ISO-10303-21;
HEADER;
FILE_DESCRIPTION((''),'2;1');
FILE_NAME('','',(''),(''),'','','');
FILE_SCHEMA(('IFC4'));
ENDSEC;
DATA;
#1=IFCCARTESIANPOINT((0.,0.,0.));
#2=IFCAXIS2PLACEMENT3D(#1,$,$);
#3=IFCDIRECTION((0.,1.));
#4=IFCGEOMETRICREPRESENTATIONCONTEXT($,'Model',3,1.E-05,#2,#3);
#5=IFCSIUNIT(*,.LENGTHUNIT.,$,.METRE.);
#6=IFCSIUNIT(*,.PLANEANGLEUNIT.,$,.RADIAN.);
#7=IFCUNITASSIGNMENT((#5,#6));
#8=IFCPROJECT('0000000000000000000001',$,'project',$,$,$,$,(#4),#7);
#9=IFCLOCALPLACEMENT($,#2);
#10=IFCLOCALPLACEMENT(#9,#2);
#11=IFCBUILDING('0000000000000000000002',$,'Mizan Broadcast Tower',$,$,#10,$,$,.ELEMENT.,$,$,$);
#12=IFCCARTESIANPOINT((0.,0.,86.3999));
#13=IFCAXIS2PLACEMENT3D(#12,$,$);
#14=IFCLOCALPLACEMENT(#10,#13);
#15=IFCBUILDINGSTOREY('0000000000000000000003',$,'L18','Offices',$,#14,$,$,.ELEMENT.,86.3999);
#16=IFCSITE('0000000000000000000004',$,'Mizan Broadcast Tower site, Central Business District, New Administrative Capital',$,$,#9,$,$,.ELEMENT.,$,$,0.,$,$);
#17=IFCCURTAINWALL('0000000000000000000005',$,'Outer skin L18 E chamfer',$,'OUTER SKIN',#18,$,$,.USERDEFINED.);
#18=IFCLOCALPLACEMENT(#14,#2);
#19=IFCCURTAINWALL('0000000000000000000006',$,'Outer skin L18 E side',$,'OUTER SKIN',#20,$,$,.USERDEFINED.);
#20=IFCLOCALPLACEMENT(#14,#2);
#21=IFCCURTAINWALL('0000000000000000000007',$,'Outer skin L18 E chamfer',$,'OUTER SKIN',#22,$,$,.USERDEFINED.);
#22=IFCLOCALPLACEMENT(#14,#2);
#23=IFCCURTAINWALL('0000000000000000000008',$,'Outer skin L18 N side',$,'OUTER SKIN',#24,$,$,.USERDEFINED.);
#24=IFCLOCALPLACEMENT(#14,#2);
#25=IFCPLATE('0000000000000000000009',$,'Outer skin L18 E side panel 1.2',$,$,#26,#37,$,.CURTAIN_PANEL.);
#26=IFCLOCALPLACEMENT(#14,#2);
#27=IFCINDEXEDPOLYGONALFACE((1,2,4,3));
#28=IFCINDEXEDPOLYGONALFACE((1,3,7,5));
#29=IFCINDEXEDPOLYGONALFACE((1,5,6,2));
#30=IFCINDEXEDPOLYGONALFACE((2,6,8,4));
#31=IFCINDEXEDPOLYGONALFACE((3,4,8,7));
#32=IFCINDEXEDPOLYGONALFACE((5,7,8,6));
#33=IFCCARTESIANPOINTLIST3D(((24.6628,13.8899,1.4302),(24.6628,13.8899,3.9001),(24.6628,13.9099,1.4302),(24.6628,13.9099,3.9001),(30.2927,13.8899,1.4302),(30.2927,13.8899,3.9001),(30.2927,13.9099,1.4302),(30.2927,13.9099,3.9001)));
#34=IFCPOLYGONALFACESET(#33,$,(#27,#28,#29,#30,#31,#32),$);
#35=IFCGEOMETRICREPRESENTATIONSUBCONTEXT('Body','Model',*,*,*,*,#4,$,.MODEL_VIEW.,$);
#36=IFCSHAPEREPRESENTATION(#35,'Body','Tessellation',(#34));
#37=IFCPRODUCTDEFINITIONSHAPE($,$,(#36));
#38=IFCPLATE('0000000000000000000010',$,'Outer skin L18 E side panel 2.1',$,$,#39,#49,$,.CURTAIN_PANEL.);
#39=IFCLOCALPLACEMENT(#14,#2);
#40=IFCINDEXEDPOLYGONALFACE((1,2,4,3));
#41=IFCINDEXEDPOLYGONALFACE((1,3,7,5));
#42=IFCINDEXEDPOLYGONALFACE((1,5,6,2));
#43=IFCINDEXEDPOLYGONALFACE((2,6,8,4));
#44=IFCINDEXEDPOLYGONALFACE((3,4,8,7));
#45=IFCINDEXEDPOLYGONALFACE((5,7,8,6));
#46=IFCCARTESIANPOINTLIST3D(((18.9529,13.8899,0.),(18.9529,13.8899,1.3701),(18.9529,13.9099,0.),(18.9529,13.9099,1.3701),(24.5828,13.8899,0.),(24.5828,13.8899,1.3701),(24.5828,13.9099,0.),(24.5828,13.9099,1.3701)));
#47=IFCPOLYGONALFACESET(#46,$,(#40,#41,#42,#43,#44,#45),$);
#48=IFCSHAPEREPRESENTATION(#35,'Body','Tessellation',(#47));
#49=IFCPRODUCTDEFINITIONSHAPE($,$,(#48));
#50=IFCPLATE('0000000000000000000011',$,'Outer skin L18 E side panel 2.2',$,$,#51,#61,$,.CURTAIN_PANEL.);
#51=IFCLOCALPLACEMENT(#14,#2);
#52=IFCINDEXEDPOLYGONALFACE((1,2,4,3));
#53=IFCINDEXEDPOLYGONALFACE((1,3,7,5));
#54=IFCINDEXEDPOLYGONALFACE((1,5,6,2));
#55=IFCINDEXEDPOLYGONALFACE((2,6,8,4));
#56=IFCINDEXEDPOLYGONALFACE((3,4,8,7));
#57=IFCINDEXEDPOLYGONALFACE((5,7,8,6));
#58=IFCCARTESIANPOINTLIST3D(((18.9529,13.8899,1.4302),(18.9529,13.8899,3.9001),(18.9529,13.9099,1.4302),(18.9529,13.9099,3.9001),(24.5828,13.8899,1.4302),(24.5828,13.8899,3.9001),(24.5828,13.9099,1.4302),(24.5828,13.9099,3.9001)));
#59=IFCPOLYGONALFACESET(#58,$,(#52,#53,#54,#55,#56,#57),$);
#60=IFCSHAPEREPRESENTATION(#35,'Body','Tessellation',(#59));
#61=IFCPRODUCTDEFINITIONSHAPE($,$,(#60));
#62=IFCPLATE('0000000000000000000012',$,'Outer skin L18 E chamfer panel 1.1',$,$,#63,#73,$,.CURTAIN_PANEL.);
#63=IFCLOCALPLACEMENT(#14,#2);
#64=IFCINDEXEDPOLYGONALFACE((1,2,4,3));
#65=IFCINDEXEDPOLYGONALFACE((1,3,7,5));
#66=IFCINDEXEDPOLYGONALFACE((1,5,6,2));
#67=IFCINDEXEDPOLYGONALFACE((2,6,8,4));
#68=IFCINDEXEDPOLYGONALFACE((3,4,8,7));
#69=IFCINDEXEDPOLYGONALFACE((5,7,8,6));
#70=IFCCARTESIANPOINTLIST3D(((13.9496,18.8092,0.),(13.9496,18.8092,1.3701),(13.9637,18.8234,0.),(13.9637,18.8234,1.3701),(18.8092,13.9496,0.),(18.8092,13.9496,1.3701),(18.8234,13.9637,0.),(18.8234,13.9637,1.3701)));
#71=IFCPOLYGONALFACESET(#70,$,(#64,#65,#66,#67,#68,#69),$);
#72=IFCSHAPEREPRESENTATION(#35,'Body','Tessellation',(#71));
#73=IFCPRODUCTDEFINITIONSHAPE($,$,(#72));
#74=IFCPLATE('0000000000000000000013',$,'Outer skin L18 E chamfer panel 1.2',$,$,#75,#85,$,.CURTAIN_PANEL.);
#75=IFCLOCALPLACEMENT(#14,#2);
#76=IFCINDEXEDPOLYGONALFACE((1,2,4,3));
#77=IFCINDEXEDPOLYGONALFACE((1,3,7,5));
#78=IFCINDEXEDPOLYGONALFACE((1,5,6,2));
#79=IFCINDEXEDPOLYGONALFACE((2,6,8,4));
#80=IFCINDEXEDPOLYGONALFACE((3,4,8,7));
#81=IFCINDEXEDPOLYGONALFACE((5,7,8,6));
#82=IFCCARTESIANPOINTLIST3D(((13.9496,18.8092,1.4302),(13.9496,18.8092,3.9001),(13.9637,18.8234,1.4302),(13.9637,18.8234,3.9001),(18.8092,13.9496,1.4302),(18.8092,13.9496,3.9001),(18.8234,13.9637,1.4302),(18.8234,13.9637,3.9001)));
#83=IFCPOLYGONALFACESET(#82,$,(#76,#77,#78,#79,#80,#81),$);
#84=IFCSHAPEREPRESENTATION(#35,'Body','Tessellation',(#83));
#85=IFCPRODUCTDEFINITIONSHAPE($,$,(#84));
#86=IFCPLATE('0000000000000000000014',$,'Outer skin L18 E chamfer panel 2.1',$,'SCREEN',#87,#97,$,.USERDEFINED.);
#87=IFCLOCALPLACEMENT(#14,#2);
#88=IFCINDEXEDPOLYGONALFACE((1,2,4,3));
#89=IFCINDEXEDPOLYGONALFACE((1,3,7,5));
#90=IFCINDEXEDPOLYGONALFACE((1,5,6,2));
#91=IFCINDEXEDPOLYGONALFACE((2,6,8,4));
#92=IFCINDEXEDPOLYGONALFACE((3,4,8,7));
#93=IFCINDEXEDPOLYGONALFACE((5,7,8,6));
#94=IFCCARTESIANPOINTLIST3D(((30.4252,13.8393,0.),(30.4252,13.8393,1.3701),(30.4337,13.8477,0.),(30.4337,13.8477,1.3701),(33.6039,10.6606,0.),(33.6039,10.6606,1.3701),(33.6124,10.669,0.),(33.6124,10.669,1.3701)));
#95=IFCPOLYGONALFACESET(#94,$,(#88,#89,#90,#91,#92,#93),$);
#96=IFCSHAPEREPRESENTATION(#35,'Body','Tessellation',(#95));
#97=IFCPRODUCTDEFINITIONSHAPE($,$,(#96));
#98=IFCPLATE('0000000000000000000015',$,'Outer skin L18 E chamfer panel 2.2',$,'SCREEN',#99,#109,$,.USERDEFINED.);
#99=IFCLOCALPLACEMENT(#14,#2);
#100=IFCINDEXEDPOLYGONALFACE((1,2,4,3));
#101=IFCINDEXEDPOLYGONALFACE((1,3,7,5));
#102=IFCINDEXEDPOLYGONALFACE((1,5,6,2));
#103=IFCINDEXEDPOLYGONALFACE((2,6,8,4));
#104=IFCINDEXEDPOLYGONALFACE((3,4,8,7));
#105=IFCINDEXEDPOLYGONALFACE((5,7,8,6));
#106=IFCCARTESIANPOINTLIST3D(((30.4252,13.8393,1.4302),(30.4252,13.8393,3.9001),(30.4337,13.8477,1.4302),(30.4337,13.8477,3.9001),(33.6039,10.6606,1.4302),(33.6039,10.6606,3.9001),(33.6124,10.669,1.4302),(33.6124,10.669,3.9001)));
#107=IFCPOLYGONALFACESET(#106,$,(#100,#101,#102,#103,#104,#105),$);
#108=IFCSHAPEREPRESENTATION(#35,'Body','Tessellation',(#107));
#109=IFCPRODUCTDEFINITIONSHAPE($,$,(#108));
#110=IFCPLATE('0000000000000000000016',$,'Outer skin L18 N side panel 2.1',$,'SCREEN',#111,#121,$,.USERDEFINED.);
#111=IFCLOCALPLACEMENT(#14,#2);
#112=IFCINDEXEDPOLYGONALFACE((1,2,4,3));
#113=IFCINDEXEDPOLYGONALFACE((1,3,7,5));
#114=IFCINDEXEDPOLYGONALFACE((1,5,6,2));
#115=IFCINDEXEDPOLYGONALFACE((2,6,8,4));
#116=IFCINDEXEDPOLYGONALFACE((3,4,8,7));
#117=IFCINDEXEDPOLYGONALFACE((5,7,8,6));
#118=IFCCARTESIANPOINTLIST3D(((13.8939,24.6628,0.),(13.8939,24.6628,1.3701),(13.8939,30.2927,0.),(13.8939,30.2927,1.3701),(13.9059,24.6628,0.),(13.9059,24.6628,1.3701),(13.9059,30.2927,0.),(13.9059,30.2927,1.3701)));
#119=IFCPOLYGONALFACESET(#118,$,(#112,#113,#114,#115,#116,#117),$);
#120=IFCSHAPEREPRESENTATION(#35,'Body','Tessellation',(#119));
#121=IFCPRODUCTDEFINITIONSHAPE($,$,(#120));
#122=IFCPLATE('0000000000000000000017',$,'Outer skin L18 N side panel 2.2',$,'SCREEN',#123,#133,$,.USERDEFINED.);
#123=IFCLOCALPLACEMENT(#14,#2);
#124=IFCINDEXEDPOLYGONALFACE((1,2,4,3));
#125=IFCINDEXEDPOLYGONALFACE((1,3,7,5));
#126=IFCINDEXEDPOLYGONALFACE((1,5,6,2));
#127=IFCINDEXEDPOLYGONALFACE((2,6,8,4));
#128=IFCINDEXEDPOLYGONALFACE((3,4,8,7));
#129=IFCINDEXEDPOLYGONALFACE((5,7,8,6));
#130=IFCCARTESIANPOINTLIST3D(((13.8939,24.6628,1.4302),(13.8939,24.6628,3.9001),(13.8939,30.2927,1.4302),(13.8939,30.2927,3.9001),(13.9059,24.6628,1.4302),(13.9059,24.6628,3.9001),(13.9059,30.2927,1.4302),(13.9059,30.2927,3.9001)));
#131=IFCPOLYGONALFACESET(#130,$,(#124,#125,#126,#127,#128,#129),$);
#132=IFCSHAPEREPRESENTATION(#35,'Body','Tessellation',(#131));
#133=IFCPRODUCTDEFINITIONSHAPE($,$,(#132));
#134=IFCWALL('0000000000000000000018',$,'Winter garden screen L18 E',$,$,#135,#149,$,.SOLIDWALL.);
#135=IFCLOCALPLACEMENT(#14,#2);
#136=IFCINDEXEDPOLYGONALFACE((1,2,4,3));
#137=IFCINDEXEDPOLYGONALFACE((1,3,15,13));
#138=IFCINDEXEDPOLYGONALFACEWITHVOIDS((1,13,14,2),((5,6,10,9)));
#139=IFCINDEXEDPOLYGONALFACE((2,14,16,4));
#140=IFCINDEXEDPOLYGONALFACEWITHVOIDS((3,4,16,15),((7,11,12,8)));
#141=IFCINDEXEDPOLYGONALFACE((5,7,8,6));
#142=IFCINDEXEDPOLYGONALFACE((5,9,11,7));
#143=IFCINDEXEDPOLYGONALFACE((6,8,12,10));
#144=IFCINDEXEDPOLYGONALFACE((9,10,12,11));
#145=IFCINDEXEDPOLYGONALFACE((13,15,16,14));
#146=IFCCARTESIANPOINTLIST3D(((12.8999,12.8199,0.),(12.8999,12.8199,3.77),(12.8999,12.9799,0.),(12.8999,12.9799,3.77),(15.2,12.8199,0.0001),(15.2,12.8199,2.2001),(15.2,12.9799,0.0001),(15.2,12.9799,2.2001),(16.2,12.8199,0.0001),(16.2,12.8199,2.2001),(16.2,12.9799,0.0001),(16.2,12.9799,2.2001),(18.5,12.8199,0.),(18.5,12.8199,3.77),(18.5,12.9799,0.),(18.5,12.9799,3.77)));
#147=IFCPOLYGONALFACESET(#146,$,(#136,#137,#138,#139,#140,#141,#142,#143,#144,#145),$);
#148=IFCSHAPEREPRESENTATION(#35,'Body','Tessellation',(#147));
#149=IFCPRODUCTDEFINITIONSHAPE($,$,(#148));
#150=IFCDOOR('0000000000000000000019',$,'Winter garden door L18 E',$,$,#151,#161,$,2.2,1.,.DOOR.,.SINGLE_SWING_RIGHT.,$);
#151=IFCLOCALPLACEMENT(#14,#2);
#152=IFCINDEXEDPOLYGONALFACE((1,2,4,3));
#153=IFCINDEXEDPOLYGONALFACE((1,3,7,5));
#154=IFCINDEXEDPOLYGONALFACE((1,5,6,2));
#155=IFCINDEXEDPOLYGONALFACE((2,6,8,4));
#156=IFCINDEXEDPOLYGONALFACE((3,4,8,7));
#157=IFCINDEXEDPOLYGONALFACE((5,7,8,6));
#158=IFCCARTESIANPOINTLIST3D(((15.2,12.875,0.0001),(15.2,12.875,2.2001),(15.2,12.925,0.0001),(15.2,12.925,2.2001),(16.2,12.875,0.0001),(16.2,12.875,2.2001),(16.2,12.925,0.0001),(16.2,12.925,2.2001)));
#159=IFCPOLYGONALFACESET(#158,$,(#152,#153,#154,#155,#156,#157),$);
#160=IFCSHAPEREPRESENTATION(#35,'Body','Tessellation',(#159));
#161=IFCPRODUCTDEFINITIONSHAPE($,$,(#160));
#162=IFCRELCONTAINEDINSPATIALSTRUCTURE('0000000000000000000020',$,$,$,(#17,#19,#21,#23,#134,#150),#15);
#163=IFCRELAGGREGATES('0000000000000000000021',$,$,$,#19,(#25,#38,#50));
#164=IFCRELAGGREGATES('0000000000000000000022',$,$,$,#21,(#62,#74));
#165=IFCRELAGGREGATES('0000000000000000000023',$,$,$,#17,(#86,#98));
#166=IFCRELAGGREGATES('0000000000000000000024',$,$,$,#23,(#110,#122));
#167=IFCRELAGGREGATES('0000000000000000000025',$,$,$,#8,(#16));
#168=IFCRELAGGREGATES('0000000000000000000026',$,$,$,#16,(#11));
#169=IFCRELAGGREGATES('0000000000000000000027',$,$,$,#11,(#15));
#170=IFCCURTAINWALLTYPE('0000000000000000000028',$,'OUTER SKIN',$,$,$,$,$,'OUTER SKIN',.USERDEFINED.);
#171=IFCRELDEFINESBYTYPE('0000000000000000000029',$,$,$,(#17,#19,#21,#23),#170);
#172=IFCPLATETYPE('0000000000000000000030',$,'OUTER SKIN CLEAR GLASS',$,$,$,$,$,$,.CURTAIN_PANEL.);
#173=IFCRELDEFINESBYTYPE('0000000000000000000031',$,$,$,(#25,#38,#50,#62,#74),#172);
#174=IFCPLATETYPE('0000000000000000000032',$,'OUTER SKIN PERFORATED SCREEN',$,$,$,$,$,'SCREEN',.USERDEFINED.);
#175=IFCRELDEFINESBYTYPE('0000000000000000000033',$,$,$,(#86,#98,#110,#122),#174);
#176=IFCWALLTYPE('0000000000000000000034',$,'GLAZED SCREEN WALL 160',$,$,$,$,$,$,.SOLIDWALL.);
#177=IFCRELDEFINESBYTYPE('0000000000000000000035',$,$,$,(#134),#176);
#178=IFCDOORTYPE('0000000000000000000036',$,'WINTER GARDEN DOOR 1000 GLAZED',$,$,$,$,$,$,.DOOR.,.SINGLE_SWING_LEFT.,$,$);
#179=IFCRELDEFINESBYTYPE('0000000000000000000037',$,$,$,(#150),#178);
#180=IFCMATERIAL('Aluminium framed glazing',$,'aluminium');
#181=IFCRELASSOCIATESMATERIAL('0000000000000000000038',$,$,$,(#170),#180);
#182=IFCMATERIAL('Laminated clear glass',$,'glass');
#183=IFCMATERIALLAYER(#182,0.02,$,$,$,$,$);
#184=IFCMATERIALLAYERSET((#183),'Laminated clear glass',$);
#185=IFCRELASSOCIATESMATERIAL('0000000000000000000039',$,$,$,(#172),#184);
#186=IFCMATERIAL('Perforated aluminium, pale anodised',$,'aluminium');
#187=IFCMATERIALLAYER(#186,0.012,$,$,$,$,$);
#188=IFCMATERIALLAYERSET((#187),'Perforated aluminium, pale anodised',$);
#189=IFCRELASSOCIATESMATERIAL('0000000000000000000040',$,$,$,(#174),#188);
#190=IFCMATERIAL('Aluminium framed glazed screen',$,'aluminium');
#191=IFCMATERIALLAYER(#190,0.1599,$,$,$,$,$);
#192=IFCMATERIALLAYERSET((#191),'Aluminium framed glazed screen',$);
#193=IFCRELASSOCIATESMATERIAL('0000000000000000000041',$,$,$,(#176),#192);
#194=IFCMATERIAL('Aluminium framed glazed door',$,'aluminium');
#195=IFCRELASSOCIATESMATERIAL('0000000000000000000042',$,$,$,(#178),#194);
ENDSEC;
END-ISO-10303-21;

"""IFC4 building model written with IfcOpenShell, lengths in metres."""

from ifc_helpers import new_model, si_unit, direction, frame, frame_2d, origin, origin_2d, place, context, subcontext, project, spatial, rectangle, extrude, material, layer, layer_set, type_object, element, fill, aggregate, save


model = new_model("IFC4")

# Units and contexts
model_context = context("Model", 3, precision=1e-05, world=origin(), true_north=direction((0.0, 1.0)))
body_context = subcontext(model_context, "Body", "Model", "MODEL_VIEW")
ifc_project = project(units=[si_unit("LENGTHUNIT", "METRE"), si_unit("PLANEANGLEUNIT", "RADIAN")], contexts=[model_context])

# Site, building, storey
site_placement = place(None, origin())
site = spatial("IfcSite", under=ifc_project, at=site_placement, Name="Mizan Broadcast Tower site, Central Business District, New Administrative Capital", CompositionType="ELEMENT", RefElevation=0.0)
building_placement = place(site_placement, origin())
building = spatial("IfcBuilding", under=site, at=building_placement, Name="Mizan Broadcast Tower", CompositionType="ELEMENT")
storey_placement = place(building_placement, frame((0.0, 0.0, 86.3999)))
storey = spatial("IfcBuildingStorey", under=building, at=storey_placement, Name="L18", Description="Offices", CompositionType="ELEMENT", Elevation=86.3999)

# Curtain wall
ifc_material_1 = material(Name="Aluminium framed glazing", Category="aluminium")
curtain_wall_type_1 = type_object("IfcCurtainWallType", Name="OUTER SKIN", ElementType="OUTER SKIN", PredefinedType="USERDEFINED", material=ifc_material_1)
curtain_wall_1_placement = place(storey_placement, origin())
curtain_wall_1 = element("IfcCurtainWall", 1, at=curtain_wall_1_placement, inside=storey, type_object=curtain_wall_type_1, Name="Outer skin L18 E chamfer", ObjectType="OUTER SKIN", PredefinedType="USERDEFINED")

# Curtain wall
curtain_wall_2_placement = place(storey_placement, origin())
curtain_wall_2 = element("IfcCurtainWall", 2, at=curtain_wall_2_placement, inside=storey, type_object=curtain_wall_type_1, Name="Outer skin L18 E side", ObjectType="OUTER SKIN", PredefinedType="USERDEFINED")

# Curtain wall
curtain_wall_3_placement = place(storey_placement, origin())
curtain_wall_3 = element("IfcCurtainWall", 3, at=curtain_wall_3_placement, inside=storey, type_object=curtain_wall_type_1, Name="Outer skin L18 E chamfer", ObjectType="OUTER SKIN", PredefinedType="USERDEFINED")

# Curtain wall
curtain_wall_4_placement = place(storey_placement, origin())
curtain_wall_4 = element("IfcCurtainWall", 4, at=curtain_wall_4_placement, inside=storey, type_object=curtain_wall_type_1, Name="Outer skin L18 N side", ObjectType="OUTER SKIN", PredefinedType="USERDEFINED")

# Plates
ifc_material_2 = material(Name="Laminated clear glass", Category="glass")
ifc_layer_1 = layer(ifc_material_2, 0.02)
ifc_layer_set_1 = layer_set([ifc_layer_1], Name="Laminated clear glass")
plate_type_1 = type_object("IfcPlateType", Name="OUTER SKIN CLEAR GLASS", PredefinedType="CURTAIN_PANEL", material=ifc_layer_set_1)
plate_1_placement = place(storey_placement, frame((27.4778, 13.8999, 1.4302), z_axis=(0.0, 0.0, 1.0), x_axis=(-1.0, 0.0, 0.0)))
plate_1 = element("IfcPlate", 5, at=plate_1_placement, type_object=plate_type_1, Name="Outer skin L18 E side panel 1.2", PredefinedType="CURTAIN_PANEL", context=body_context, shape_type="SweptSolid", body=[
    extrude(rectangle(XDim=5.6299, YDim=0.02, at=origin_2d()), origin(), (0.0, 0.0, 1.0), 2.47),
])
plate_2_placement = place(storey_placement, frame((21.7678, 13.8999, 0.0), z_axis=(0.0, 0.0, 1.0), x_axis=(-1.0, 0.0, 0.0)))
plate_2 = element("IfcPlate", 6, at=plate_2_placement, type_object=plate_type_1, Name="Outer skin L18 E side panel 2.1", PredefinedType="CURTAIN_PANEL", context=body_context, shape_type="SweptSolid", body=[
    extrude(rectangle(XDim=5.6299, YDim=0.02, at=origin_2d()), origin(), (0.0, 0.0, 1.0), 1.3701),
])
plate_3_placement = place(storey_placement, frame((21.7678, 13.8999, 1.4302), z_axis=(0.0, 0.0, 1.0), x_axis=(-1.0, 0.0, 0.0)))
plate_3 = element("IfcPlate", 7, at=plate_3_placement, type_object=plate_type_1, Name="Outer skin L18 E side panel 2.2", PredefinedType="CURTAIN_PANEL", context=body_context, shape_type="SweptSolid", body=[
    extrude(rectangle(XDim=5.6299, YDim=0.02, at=origin_2d()), origin(), (0.0, 0.0, 1.0), 2.47),
])
aggregate(curtain_wall_2, [plate_1, plate_2, plate_3])
plate_4_placement = place(storey_placement, frame((16.3865, 16.3865, 0.0), z_axis=(0.0, 0.0, 1.0), x_axis=(-0.707107, 0.707107, 0.0)))
plate_4 = element("IfcPlate", 8, at=plate_4_placement, type_object=plate_type_1, Name="Outer skin L18 E chamfer panel 1.1", PredefinedType="CURTAIN_PANEL", context=body_context, shape_type="SweptSolid", body=[
    extrude(rectangle(XDim=6.8726, YDim=0.02, at=origin_2d()), origin(), (0.0, 0.0, 1.0), 1.3701),
])
plate_5_placement = place(storey_placement, frame((16.3865, 16.3865, 1.4302), z_axis=(0.0, 0.0, 1.0), x_axis=(-0.707107, 0.707107, 0.0)))
plate_5 = element("IfcPlate", 9, at=plate_5_placement, type_object=plate_type_1, Name="Outer skin L18 E chamfer panel 1.2", PredefinedType="CURTAIN_PANEL", context=body_context, shape_type="SweptSolid", body=[
    extrude(rectangle(XDim=6.8726, YDim=0.02, at=origin_2d()), origin(), (0.0, 0.0, 1.0), 2.47),
])
aggregate(curtain_wall_3, [plate_4, plate_5])
ifc_material_3 = material(Name="Perforated aluminium, pale anodised", Category="aluminium")
ifc_layer_2 = layer(ifc_material_3, 0.012)
ifc_layer_set_2 = layer_set([ifc_layer_2], Name="Perforated aluminium, pale anodised")
plate_type_2 = type_object("IfcPlateType", Name="OUTER SKIN PERFORATED SCREEN", ElementType="SCREEN", PredefinedType="USERDEFINED", material=ifc_layer_set_2)
plate_6_placement = place(storey_placement, frame((32.0188, 12.2542, 0.0), z_axis=(0.0, 0.0, 1.0), x_axis=(-0.707107, 0.707107, 0.0)))
plate_6 = element("IfcPlate", 10, at=plate_6_placement, type_object=plate_type_2, Name="Outer skin L18 E chamfer panel 2.1", ObjectType="SCREEN", PredefinedType="USERDEFINED", context=body_context, shape_type="SweptSolid", body=[
    extrude(rectangle(XDim=4.4954, YDim=0.012, at=origin_2d()), origin(), (0.0, 0.0, 1.0), 1.3701),
])
plate_7_placement = place(storey_placement, frame((32.0188, 12.2542, 1.4302), z_axis=(0.0, 0.0, 1.0), x_axis=(-0.707107, 0.707107, 0.0)))
plate_7 = element("IfcPlate", 11, at=plate_7_placement, type_object=plate_type_2, Name="Outer skin L18 E chamfer panel 2.2", ObjectType="SCREEN", PredefinedType="USERDEFINED", context=body_context, shape_type="SweptSolid", body=[
    extrude(rectangle(XDim=4.4954, YDim=0.012, at=origin_2d()), origin(), (0.0, 0.0, 1.0), 2.47),
])
aggregate(curtain_wall_1, [plate_6, plate_7])
plate_8_placement = place(storey_placement, frame((13.8999, 27.4778, 0.0), z_axis=(0.0, 0.0, 1.0), x_axis=(0.0, 1.0, 0.0)))
plate_8 = element("IfcPlate", 12, at=plate_8_placement, type_object=plate_type_2, Name="Outer skin L18 N side panel 2.1", ObjectType="SCREEN", PredefinedType="USERDEFINED", context=body_context, shape_type="SweptSolid", body=[
    extrude(rectangle(XDim=5.6299, YDim=0.012, at=origin_2d()), origin(), (0.0, 0.0, 1.0), 1.3701),
])
plate_9_placement = place(storey_placement, frame((13.8999, 27.4778, 1.4302), z_axis=(0.0, 0.0, 1.0), x_axis=(0.0, 1.0, 0.0)))
plate_9 = element("IfcPlate", 13, at=plate_9_placement, type_object=plate_type_2, Name="Outer skin L18 N side panel 2.2", ObjectType="SCREEN", PredefinedType="USERDEFINED", context=body_context, shape_type="SweptSolid", body=[
    extrude(rectangle(XDim=5.6299, YDim=0.012, at=origin_2d()), origin(), (0.0, 0.0, 1.0), 2.47),
])
aggregate(curtain_wall_4, [plate_8, plate_9])

# Wall, opening, door
ifc_material_4 = material(Name="Aluminium framed glazed screen", Category="aluminium")
ifc_layer_3 = layer(ifc_material_4, 0.1599)
ifc_layer_set_3 = layer_set([ifc_layer_3], Name="Aluminium framed glazed screen")
wall_type = type_object("IfcWallType", Name="GLAZED SCREEN WALL 160", PredefinedType="SOLIDWALL", material=ifc_layer_set_3)
wall_placement = place(storey_placement, frame((18.5, 12.8999, 0.0), z_axis=(0.0, 0.0, 1.0), x_axis=(-1.0, 0.0, 0.0)))
wall = element("IfcWall", 14, at=wall_placement, inside=storey, type_object=wall_type, Name="Winter garden screen L18 E", PredefinedType="SOLIDWALL", context=body_context, shape_type="SweptSolid", body=[
    extrude(rectangle(XDim=5.6001, YDim=0.1599, at=frame_2d((2.8, 0.0))), origin(), (0.0, 0.0, 1.0), 3.77),
])
opening_placement = place(wall_placement, frame((2.3, 0.0, 0.0)))
opening = element("IfcOpeningElement", 15, at=opening_placement, cuts=wall, PredefinedType="OPENING", context=body_context, shape_type="SweptSolid", body=[
    extrude(rectangle(XDim=1.0, YDim=2.2, at=frame_2d((0.5, 1.1001))), frame((0.0, 0.0898, 0.0), z_axis=(0.0, -1.0, 0.0), x_axis=(1.0, 0.0, 0.0)), (0.0, 0.0, 1.0), 0.1799),
])
ifc_material_5 = material(Name="Aluminium framed glazed door", Category="aluminium")
door_type = type_object("IfcDoorType", Name="WINTER GARDEN DOOR 1000 GLAZED", OperationType="SINGLE_SWING_LEFT", PredefinedType="DOOR", material=ifc_material_5)
door_placement = place(opening_placement, origin())
door = element("IfcDoor", 16, at=door_placement, inside=storey, type_object=door_type, Name="Winter garden door L18 E", OperationType="SINGLE_SWING_RIGHT", OverallHeight=2.2, OverallWidth=1.0, PredefinedType="DOOR", context=body_context, shape_type="SweptSolid", body=[
    extrude(rectangle(XDim=1.0, YDim=2.2, at=frame_2d((0.5, 1.1001))), frame((0.0, 0.0249, 0.0), z_axis=(0.0, -1.0, 0.0), x_axis=(1.0, 0.0, 0.0)), (0.0, 0.0, 1.0), 0.05),
])
fill(opening, door)

save(model, "model.ifc")
